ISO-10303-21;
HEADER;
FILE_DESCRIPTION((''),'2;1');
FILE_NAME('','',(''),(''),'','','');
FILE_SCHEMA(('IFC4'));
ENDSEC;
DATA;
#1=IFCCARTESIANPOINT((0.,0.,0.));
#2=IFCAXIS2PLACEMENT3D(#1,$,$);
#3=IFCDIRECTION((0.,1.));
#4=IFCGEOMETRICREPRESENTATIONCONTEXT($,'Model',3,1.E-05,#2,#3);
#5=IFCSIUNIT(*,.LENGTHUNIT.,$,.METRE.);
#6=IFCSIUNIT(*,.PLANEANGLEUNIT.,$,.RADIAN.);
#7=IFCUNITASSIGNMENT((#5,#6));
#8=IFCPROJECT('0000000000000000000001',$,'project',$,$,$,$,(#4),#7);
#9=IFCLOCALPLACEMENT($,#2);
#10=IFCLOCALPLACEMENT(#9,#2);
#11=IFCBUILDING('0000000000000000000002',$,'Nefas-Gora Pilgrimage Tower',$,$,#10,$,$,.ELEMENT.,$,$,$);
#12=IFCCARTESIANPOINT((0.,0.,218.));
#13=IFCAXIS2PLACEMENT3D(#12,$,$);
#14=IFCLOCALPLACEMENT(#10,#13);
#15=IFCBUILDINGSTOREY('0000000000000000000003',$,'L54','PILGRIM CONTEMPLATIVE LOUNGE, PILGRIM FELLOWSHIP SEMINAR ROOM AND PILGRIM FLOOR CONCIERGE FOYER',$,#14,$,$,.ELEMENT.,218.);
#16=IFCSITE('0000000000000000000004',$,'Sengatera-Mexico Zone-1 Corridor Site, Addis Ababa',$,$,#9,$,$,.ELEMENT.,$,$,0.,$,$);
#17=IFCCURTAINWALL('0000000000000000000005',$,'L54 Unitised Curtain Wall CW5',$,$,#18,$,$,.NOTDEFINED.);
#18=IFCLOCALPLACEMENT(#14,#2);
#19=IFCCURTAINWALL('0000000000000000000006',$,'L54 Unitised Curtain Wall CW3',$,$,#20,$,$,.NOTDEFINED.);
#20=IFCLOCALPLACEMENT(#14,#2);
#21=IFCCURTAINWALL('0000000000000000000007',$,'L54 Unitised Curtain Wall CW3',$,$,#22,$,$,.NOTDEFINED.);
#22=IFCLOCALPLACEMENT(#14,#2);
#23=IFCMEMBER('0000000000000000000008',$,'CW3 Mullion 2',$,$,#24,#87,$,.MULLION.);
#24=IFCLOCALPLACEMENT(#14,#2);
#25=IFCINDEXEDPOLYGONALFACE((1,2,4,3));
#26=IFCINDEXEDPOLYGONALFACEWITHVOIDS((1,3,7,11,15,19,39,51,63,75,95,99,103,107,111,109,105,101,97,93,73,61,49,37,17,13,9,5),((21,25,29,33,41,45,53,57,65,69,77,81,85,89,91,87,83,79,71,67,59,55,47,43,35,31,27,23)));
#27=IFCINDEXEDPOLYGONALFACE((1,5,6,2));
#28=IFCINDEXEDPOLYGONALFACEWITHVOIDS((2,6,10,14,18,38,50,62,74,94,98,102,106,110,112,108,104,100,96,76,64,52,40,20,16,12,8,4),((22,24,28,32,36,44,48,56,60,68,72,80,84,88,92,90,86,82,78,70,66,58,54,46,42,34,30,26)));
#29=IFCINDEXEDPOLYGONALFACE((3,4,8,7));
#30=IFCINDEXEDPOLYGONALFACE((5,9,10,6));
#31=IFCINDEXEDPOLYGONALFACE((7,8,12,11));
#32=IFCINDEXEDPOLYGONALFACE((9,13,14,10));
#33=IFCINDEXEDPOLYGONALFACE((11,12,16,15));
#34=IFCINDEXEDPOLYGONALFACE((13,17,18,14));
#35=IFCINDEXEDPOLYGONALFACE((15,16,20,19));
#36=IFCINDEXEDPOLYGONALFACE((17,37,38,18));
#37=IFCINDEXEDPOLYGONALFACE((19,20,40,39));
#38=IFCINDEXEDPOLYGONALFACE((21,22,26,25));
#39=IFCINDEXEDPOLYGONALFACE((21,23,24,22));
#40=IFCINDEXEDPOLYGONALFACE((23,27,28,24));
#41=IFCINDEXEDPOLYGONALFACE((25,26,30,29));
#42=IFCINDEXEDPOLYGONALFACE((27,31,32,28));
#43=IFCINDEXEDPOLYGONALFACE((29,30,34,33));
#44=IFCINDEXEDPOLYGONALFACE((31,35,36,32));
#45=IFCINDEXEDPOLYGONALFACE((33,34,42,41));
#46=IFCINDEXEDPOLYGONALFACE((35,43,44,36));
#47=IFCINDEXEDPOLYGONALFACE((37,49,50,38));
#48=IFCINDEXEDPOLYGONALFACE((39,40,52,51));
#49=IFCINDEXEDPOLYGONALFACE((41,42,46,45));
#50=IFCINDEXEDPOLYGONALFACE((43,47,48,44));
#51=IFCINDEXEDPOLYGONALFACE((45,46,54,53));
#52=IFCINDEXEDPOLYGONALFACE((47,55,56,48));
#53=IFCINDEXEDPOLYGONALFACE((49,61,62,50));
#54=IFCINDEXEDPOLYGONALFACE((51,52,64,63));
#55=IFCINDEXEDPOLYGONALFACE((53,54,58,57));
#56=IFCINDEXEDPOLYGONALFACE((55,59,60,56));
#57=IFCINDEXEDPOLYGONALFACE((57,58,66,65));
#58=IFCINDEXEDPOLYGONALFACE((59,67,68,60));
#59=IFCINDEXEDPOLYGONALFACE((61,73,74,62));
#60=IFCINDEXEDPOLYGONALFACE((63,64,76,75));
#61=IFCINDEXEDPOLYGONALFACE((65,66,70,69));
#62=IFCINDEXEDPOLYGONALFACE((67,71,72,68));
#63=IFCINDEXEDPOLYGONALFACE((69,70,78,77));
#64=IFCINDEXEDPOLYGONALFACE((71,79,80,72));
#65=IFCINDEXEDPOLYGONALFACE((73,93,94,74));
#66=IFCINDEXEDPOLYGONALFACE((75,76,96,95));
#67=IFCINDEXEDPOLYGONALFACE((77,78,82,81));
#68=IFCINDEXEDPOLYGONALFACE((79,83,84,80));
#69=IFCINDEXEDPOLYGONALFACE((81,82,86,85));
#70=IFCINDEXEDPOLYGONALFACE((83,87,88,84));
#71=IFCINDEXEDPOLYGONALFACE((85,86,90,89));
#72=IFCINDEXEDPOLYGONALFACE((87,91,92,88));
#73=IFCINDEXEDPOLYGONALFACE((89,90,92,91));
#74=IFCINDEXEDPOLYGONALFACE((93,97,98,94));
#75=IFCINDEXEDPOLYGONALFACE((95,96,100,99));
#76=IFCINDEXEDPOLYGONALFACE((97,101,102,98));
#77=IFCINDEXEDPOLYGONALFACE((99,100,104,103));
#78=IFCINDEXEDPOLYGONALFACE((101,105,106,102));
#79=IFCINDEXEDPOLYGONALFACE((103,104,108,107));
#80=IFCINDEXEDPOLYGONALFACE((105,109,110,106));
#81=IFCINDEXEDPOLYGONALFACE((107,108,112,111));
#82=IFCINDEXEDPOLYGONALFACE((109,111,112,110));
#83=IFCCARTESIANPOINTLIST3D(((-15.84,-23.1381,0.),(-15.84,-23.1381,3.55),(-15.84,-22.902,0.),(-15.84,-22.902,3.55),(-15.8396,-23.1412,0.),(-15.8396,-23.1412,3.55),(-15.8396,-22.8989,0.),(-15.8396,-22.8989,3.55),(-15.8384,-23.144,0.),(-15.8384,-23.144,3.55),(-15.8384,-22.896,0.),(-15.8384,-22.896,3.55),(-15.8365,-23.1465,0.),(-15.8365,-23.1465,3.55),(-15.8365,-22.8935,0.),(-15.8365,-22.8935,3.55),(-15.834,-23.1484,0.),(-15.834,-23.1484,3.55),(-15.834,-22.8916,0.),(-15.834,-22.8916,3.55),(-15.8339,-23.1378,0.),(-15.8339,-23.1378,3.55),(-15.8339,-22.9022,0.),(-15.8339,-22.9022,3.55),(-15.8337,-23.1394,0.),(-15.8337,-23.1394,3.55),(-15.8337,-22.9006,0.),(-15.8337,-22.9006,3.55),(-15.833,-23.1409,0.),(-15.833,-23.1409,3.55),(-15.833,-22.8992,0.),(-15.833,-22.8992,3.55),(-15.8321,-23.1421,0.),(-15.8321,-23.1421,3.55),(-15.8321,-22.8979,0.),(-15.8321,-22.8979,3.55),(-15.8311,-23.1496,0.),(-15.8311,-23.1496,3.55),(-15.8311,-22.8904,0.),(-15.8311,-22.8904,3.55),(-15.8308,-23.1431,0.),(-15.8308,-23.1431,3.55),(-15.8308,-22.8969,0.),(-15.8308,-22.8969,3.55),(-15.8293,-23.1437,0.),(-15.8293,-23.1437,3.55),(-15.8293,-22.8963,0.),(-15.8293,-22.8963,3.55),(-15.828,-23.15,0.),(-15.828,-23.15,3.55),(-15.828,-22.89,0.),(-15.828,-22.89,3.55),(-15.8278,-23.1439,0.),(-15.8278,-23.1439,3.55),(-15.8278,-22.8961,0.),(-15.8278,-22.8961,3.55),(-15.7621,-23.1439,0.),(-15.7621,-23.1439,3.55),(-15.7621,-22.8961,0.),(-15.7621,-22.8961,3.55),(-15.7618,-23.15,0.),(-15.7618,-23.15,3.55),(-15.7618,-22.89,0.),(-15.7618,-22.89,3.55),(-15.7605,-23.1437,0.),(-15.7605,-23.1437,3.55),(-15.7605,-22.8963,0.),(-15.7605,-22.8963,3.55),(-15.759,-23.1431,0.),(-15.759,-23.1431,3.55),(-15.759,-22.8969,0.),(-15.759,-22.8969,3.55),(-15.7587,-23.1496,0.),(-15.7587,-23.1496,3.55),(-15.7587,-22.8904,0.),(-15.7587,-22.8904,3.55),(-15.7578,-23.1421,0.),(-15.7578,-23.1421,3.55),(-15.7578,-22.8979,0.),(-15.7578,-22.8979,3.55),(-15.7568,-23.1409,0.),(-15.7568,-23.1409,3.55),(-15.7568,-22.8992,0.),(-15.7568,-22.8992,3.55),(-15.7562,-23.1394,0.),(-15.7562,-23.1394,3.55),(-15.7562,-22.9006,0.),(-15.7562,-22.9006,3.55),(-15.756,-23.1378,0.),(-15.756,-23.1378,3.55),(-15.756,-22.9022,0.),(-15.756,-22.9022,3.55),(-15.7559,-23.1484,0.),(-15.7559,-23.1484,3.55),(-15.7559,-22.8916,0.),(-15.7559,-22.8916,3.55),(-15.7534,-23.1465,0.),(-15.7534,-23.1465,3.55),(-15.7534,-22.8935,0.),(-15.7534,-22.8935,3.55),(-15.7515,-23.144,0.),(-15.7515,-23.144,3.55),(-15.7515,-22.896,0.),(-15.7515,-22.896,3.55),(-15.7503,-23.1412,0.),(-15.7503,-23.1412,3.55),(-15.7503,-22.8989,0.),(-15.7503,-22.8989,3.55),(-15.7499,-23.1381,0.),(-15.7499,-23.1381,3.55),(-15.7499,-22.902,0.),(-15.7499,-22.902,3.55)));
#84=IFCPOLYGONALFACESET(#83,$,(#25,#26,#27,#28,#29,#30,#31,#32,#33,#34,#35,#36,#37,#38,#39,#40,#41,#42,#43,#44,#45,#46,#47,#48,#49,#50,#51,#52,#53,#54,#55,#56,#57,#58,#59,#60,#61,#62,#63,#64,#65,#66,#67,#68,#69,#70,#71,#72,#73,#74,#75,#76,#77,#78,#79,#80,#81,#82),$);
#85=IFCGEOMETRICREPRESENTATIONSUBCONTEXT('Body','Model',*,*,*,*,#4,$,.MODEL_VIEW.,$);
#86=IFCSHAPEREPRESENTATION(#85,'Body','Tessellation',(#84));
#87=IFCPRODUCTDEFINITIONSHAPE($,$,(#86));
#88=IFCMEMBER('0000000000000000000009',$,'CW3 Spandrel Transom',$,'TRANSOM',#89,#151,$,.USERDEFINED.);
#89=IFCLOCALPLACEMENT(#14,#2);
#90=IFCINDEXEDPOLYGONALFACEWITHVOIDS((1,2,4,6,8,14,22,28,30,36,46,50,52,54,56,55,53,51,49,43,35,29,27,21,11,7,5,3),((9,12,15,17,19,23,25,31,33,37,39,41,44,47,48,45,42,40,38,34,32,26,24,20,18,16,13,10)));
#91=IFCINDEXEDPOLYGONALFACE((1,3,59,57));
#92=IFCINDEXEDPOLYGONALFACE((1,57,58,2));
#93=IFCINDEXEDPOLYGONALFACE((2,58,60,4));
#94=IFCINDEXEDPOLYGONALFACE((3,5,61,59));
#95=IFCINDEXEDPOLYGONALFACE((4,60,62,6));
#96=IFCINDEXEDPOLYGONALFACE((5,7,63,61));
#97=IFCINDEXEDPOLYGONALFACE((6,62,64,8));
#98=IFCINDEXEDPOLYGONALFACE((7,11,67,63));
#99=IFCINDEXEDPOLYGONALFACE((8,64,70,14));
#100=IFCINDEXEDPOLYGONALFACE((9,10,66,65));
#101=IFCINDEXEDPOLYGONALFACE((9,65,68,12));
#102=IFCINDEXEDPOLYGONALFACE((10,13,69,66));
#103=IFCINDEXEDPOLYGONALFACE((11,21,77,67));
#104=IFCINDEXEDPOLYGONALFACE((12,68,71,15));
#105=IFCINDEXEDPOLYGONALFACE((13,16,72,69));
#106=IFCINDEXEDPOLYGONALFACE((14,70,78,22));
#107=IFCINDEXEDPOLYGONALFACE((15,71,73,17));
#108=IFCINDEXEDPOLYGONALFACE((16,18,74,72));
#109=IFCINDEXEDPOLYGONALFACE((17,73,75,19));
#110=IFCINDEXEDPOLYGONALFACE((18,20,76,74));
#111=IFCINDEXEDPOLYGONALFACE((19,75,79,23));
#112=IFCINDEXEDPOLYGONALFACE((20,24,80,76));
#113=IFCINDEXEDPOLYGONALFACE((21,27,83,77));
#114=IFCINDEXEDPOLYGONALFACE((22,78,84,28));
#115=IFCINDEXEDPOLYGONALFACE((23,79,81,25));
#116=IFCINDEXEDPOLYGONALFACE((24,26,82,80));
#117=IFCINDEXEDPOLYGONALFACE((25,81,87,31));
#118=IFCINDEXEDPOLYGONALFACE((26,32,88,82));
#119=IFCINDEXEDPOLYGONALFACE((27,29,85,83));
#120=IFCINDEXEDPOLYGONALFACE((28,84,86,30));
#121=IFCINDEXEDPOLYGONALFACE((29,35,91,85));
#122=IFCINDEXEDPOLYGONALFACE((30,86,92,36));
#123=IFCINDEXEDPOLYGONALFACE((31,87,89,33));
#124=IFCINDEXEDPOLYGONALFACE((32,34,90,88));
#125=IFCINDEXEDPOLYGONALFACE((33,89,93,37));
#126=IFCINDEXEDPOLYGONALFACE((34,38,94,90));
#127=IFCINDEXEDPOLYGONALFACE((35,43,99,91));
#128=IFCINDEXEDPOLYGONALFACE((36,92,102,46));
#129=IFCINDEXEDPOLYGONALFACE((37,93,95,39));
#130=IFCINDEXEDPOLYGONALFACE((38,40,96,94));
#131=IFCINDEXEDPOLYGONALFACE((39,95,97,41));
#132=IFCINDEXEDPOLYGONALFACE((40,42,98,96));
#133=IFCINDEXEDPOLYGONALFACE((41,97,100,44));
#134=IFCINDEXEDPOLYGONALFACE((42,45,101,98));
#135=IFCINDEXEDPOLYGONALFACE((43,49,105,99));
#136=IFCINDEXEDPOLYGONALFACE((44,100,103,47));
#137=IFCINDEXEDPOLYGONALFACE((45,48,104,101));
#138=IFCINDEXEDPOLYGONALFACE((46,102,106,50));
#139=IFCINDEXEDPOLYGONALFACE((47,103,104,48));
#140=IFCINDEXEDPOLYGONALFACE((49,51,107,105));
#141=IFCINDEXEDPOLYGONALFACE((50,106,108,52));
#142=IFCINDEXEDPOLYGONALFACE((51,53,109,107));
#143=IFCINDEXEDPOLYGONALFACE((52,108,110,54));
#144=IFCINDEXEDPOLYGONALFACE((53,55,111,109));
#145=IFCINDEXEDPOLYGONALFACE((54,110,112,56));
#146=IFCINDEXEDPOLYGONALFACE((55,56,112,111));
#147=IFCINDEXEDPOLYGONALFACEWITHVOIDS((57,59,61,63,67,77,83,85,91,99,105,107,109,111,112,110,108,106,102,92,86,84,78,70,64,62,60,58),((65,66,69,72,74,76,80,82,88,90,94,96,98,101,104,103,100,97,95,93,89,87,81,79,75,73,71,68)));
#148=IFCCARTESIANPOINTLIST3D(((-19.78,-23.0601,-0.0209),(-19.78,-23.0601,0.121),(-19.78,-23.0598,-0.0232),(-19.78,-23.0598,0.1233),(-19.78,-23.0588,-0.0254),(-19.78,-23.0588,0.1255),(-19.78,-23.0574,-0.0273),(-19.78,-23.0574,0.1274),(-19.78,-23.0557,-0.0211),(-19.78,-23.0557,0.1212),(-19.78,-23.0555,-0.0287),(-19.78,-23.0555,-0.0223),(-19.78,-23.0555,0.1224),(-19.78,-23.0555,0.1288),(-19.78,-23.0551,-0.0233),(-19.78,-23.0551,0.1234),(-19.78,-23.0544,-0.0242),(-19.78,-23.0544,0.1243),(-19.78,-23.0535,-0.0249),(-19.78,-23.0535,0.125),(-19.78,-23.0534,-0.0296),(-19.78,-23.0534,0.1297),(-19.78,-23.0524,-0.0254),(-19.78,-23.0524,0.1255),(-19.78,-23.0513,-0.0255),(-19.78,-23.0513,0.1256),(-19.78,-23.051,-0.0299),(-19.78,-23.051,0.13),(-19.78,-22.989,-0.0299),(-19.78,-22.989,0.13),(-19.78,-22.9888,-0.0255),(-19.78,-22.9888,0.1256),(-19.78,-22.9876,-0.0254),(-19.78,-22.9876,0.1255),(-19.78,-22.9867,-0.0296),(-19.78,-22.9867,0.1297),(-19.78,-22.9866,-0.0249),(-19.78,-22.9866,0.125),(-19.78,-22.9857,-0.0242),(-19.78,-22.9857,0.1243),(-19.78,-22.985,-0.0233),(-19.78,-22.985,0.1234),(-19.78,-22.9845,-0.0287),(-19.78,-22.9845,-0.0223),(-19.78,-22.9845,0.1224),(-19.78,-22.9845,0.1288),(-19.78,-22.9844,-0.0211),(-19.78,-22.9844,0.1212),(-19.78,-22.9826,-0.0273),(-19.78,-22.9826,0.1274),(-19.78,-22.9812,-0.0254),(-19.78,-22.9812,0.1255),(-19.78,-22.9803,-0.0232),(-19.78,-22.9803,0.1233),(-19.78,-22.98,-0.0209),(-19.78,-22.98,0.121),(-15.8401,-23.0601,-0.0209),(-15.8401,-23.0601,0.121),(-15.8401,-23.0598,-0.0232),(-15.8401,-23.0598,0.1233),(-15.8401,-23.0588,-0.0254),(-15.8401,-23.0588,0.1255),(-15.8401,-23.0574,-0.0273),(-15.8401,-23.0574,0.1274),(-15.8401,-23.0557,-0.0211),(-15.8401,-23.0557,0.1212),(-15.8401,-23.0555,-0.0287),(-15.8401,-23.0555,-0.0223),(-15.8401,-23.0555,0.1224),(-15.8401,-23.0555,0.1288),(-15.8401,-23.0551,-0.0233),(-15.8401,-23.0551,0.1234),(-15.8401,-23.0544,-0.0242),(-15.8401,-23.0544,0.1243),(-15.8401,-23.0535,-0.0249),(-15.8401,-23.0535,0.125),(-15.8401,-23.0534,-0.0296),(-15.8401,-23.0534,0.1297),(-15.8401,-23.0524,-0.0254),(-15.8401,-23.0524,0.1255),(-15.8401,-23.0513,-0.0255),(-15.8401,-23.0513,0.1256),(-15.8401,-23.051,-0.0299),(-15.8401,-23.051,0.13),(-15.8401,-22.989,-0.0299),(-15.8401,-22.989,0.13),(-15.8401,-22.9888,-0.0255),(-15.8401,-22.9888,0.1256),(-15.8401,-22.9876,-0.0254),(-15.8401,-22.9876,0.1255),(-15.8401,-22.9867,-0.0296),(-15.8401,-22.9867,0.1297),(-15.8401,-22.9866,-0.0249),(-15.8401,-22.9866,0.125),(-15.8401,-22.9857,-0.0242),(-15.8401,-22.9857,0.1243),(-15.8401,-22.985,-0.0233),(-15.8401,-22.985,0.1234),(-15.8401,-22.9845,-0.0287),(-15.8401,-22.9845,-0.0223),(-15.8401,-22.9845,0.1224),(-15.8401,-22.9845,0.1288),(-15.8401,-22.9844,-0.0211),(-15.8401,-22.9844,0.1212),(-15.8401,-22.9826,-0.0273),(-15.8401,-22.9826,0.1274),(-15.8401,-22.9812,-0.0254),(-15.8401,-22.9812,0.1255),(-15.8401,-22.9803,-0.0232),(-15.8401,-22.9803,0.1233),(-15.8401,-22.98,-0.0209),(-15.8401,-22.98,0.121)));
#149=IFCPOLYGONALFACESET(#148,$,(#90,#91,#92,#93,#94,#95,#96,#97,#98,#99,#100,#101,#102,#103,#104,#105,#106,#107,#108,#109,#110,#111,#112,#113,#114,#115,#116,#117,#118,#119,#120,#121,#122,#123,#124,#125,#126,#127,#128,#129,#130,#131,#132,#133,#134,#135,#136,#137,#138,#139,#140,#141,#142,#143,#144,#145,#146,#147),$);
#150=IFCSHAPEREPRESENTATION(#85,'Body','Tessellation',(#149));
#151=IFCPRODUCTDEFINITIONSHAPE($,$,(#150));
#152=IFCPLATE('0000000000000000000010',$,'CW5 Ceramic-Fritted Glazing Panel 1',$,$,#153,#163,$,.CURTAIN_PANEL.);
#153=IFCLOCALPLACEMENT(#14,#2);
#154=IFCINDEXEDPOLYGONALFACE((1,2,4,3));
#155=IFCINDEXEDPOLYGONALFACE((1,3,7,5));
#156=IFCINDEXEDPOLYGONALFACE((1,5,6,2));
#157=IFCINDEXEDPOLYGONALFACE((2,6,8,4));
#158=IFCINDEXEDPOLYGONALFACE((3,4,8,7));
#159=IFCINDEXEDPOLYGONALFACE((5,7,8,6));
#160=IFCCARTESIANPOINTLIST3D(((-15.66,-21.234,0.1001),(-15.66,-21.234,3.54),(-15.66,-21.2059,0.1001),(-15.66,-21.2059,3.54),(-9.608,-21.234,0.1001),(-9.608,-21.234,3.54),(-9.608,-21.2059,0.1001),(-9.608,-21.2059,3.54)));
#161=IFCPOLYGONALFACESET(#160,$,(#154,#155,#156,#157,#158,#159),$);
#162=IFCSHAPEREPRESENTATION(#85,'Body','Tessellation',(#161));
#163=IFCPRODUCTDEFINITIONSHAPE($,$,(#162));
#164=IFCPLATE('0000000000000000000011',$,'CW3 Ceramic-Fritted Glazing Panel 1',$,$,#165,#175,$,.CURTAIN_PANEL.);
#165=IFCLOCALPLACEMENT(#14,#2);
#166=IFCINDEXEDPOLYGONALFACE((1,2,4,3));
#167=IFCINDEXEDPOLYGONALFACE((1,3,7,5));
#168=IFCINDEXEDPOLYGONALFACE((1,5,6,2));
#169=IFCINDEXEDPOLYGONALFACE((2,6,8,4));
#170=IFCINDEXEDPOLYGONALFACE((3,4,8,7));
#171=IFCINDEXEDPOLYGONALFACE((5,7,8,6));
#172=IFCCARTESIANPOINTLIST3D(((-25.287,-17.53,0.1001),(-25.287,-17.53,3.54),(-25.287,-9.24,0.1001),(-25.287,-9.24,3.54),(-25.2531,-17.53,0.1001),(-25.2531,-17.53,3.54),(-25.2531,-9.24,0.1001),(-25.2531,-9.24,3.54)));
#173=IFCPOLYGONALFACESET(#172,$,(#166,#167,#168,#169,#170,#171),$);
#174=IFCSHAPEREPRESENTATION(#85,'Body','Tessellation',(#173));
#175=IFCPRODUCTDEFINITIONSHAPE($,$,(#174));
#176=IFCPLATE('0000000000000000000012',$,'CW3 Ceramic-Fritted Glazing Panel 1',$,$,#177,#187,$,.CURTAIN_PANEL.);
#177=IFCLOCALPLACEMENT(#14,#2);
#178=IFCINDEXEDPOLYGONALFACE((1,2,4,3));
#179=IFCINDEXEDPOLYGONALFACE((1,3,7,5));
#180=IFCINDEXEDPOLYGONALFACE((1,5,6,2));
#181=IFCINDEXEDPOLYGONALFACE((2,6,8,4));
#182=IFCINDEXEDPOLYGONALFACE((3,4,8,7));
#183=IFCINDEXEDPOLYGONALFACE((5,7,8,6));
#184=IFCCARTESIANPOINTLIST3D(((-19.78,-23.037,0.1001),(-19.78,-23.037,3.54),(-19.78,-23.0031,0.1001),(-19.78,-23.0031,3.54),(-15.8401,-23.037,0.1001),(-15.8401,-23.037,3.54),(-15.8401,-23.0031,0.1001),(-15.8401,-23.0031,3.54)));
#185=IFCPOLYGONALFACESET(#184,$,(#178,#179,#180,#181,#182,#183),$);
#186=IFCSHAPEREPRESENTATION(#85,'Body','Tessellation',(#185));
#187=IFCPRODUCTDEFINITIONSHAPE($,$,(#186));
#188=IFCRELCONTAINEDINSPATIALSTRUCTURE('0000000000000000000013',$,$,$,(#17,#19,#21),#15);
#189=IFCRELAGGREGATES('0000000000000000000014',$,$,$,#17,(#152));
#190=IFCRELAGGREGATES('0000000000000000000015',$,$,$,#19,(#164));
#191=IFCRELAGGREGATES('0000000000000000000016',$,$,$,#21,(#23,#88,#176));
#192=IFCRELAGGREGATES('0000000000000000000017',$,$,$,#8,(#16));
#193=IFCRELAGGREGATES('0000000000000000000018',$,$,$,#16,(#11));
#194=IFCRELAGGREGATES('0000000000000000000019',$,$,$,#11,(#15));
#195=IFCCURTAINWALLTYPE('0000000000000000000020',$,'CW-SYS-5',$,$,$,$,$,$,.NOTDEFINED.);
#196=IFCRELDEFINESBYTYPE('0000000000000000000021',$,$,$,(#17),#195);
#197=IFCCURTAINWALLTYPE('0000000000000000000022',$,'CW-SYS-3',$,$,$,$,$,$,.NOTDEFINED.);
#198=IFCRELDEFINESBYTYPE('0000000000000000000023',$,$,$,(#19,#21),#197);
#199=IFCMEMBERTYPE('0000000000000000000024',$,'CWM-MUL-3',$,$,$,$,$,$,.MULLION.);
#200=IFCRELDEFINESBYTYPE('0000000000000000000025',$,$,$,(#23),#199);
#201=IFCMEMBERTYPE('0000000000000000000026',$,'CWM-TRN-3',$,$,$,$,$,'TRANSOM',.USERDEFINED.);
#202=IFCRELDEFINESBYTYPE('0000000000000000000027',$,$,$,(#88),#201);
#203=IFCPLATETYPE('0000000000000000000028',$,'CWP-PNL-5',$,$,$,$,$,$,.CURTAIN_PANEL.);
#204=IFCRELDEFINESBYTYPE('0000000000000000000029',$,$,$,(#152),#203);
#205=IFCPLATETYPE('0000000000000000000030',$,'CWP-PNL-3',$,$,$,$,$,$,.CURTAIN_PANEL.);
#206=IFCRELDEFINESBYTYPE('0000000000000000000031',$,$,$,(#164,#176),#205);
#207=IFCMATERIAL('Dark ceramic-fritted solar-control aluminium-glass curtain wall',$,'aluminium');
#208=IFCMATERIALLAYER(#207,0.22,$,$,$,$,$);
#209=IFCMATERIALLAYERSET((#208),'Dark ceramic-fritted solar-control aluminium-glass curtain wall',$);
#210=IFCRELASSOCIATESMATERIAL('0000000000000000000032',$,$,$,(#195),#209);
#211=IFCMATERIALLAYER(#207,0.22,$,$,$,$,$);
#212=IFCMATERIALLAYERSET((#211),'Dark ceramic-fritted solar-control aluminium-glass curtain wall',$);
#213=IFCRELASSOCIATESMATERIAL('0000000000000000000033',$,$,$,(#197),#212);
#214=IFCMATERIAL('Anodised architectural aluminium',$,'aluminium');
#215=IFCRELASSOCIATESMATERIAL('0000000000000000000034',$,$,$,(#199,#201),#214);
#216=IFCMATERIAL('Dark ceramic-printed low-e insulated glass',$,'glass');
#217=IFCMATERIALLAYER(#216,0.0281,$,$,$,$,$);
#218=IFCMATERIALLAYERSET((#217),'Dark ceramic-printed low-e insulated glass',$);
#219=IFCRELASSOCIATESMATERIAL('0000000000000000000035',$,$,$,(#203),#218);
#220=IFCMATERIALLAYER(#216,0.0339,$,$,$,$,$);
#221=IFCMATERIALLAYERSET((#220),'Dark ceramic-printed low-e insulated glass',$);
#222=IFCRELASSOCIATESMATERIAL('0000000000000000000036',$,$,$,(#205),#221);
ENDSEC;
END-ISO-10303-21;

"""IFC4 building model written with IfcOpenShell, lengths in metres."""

from ifc_helpers import new_model, si_unit, direction, frame, origin, origin_2d, place, context, subcontext, project, spatial, rectangle, hollow_rectangle, extrude, source, transform, mapped, material, layer, layer_set, material_profile, profile_set, type_object, element, aggregate, save


model = new_model("IFC4")

# Units and contexts
model_context = context("Model", 3, precision=1e-05, world=origin(), true_north=direction((0.0, 1.0)))
body_context = subcontext(model_context, "Body", "Model", "MODEL_VIEW")
ifc_project = project(units=[si_unit("LENGTHUNIT", "METRE"), si_unit("PLANEANGLEUNIT", "RADIAN")], contexts=[model_context])

# Site, building, storey
site_placement = place(None, origin())
site = spatial("IfcSite", under=ifc_project, at=site_placement, Name="Sengatera-Mexico Zone-1 Corridor Site, Addis Ababa", CompositionType="ELEMENT", RefElevation=0.0)
building_placement = place(site_placement, origin())
building = spatial("IfcBuilding", under=site, at=building_placement, Name="Nefas-Gora Pilgrimage Tower", CompositionType="ELEMENT")
storey_placement = place(building_placement, frame((0.0, 0.0, 218.0)))
storey = spatial("IfcBuildingStorey", under=building, at=storey_placement, Name="L54", Description="PILGRIM CONTEMPLATIVE LOUNGE, PILGRIM FELLOWSHIP SEMINAR ROOM AND PILGRIM FLOOR CONCIERGE FOYER", CompositionType="ELEMENT", Elevation=218.0)

# Curtain wall
ifc_material_1 = material(Name="Dark ceramic-fritted solar-control aluminium-glass curtain wall", Category="aluminium")
ifc_layer_1 = layer(ifc_material_1, 0.22)
ifc_layer_set_1 = layer_set([ifc_layer_1], Name="Dark ceramic-fritted solar-control aluminium-glass curtain wall")
curtain_wall_type_1 = type_object("IfcCurtainWallType", Name="CW-SYS-5", PredefinedType="NOTDEFINED", material=ifc_layer_set_1)
curtain_wall_1_placement = place(storey_placement, origin())
curtain_wall_1 = element("IfcCurtainWall", 1, at=curtain_wall_1_placement, inside=storey, type_object=curtain_wall_type_1, Name="L54 Unitised Curtain Wall CW5", PredefinedType="NOTDEFINED")
ifc_material_2 = material(Name="Anodised architectural aluminium", Category="aluminium")

# Curtain wall
ifc_layer_2 = layer(ifc_material_1, 0.22)
ifc_layer_set_2 = layer_set([ifc_layer_2], Name="Dark ceramic-fritted solar-control aluminium-glass curtain wall")
curtain_wall_type_2 = type_object("IfcCurtainWallType", Name="CW-SYS-3", PredefinedType="NOTDEFINED", material=ifc_layer_set_2)
curtain_wall_2_placement = place(storey_placement, origin())
curtain_wall_2 = element("IfcCurtainWall", 2, at=curtain_wall_2_placement, inside=storey, type_object=curtain_wall_type_2, Name="L54 Unitised Curtain Wall CW3", PredefinedType="NOTDEFINED")
ifc_material_profile_1 = material_profile(ifc_material_2, hollow_rectangle(XDim=0.0901, YDim=0.26, WallThickness=0.0061, InnerFilletRadius=0.0061, OuterFilletRadius=0.012, at=origin_2d()), Name="ALU MULLION 90x260")
ifc_profile_set_1 = profile_set([ifc_material_profile_1], Name="Anodised architectural aluminium")
member_type_1 = type_object("IfcMemberType", Name="CWM-MUL-3", PredefinedType="MULLION", material=ifc_profile_set_1)
shared_shape_1 = source(origin(), body_context, "Body", "SweptSolid", [
    extrude(hollow_rectangle(XDim=0.0901, YDim=0.26, WallThickness=0.0061, InnerFilletRadius=0.0061, OuterFilletRadius=0.012, at=origin_2d()), origin(), (0.0, 0.0, 1.0), 3.55),
])

# Curtain wall, members
curtain_wall_3_placement = place(storey_placement, origin())
curtain_wall_3 = element("IfcCurtainWall", 3, at=curtain_wall_3_placement, inside=storey, type_object=curtain_wall_type_2, Name="L54 Unitised Curtain Wall CW3", PredefinedType="NOTDEFINED")
member_1_placement = place(storey_placement, frame((-15.7949, -23.02, 0.0), z_axis=(0.0, 0.0, 1.0), x_axis=(1.0, 0.0, 0.0)))
member_1 = element("IfcMember", 4, at=member_1_placement, type_object=member_type_1, Name="CW3 Mullion 2", PredefinedType="MULLION", context=body_context, shape_type="MappedRepresentation", body=[
    mapped(shared_shape_1, transform((0.0, 0.0, 0.0), x_axis=(1.0, 0.0, 0.0), y_axis=(0.0, 1.0, 0.0), z_axis=(0.0, 0.0, 1.0), scale=1.0)),
])
ifc_material_profile_2 = material_profile(ifc_material_2, hollow_rectangle(XDim=0.0801, YDim=0.1599, WallThickness=0.0044, InnerFilletRadius=0.0044, OuterFilletRadius=0.009, at=origin_2d()), Name="ALU TRANSOM 80x160")
ifc_profile_set_2 = profile_set([ifc_material_profile_2], Name="Anodised architectural aluminium")
member_type_2 = type_object("IfcMemberType", Name="CWM-TRN-3", ElementType="TRANSOM", PredefinedType="USERDEFINED", material=ifc_profile_set_2)
shared_shape_2 = source(origin(), body_context, "Body", "SweptSolid", [
    extrude(hollow_rectangle(XDim=0.0801, YDim=0.1599, WallThickness=0.0044, InnerFilletRadius=0.0044, OuterFilletRadius=0.009, at=origin_2d()), origin(), (0.0, 0.0, 1.0), 3.9399),
])
member_2_placement = place(storey_placement, frame((-19.78, -23.02, 0.05), z_axis=(1.0, 0.0, 0.0), x_axis=(0.0, 1.0, 0.0)))
member_2 = element("IfcMember", 5, at=member_2_placement, type_object=member_type_2, Name="CW3 Spandrel Transom", ObjectType="TRANSOM", PredefinedType="USERDEFINED", context=body_context, shape_type="MappedRepresentation", body=[
    mapped(shared_shape_2, transform((0.0, 0.0, 0.0), x_axis=(1.0, 0.0, 0.0), y_axis=(0.0, 1.0, 0.0), z_axis=(0.0, 0.0, 1.0), scale=1.0)),
])

# Plates
ifc_material_3 = material(Name="Dark ceramic-printed low-e insulated glass", Category="glass")
ifc_layer_3 = layer(ifc_material_3, 0.0281)
ifc_layer_set_3 = layer_set([ifc_layer_3], Name="Dark ceramic-printed low-e insulated glass")
plate_type_1 = type_object("IfcPlateType", Name="CWP-PNL-5", PredefinedType="CURTAIN_PANEL", material=ifc_layer_set_3)
shared_shape_3 = source(origin(), body_context, "Body", "SweptSolid", [
    extrude(rectangle(XDim=6.052, YDim=0.0281, at=origin_2d()), origin(), (0.0, 0.0, 1.0), 3.4399),
])
plate_1_placement = place(storey_placement, frame((-12.634, -21.22, 0.1001), z_axis=(0.0, 0.0, 1.0), x_axis=(1.0, 0.0, 0.0)))
plate_1 = element("IfcPlate", 6, at=plate_1_placement, type_object=plate_type_1, Name="CW5 Ceramic-Fritted Glazing Panel 1", PredefinedType="CURTAIN_PANEL", context=body_context, shape_type="MappedRepresentation", body=[
    mapped(shared_shape_3, transform((0.0, 0.0, 0.0), x_axis=(1.0, 0.0, 0.0), y_axis=(0.0, 1.0, 0.0), z_axis=(0.0, 0.0, 1.0), scale=1.0)),
])
aggregate(curtain_wall_1, [plate_1])
ifc_layer_4 = layer(ifc_material_3, 0.0339)
ifc_layer_set_4 = layer_set([ifc_layer_4], Name="Dark ceramic-printed low-e insulated glass")
plate_type_2 = type_object("IfcPlateType", Name="CWP-PNL-3", PredefinedType="CURTAIN_PANEL", material=ifc_layer_set_4)
shared_shape_4 = source(origin(), body_context, "Body", "SweptSolid", [
    extrude(rectangle(XDim=8.29, YDim=0.0339, at=origin_2d()), origin(), (0.0, 0.0, 1.0), 3.4399),
])
plate_2_placement = place(storey_placement, frame((-25.27, -13.385, 0.1001), z_axis=(0.0, 0.0, 1.0), x_axis=(0.0, -1.0, 0.0)))
plate_2 = element("IfcPlate", 7, at=plate_2_placement, type_object=plate_type_2, Name="CW3 Ceramic-Fritted Glazing Panel 1", PredefinedType="CURTAIN_PANEL", context=body_context, shape_type="MappedRepresentation", body=[
    mapped(shared_shape_4, transform((0.0, 0.0, 0.0), x_axis=(1.0, 0.0, 0.0), y_axis=(0.0, 1.0, 0.0), z_axis=(0.0, 0.0, 1.0), scale=1.0)),
])
aggregate(curtain_wall_2, [plate_2])
shared_shape_5 = source(origin(), body_context, "Body", "SweptSolid", [
    extrude(rectangle(XDim=3.9399, YDim=0.0339, at=origin_2d()), origin(), (0.0, 0.0, 1.0), 3.4399),
])
plate_3_placement = place(storey_placement, frame((-17.8101, -23.02, 0.1001), z_axis=(0.0, 0.0, 1.0), x_axis=(1.0, 0.0, 0.0)))
plate_3 = element("IfcPlate", 8, at=plate_3_placement, type_object=plate_type_2, Name="CW3 Ceramic-Fritted Glazing Panel 1", PredefinedType="CURTAIN_PANEL", context=body_context, shape_type="MappedRepresentation", body=[
    mapped(shared_shape_5, transform((0.0, 0.0, 0.0), x_axis=(1.0, 0.0, 0.0), y_axis=(0.0, 1.0, 0.0), z_axis=(0.0, 0.0, 1.0), scale=1.0)),
])
aggregate(curtain_wall_3, [member_1, member_2, plate_3])

save(model, "model.ifc")
